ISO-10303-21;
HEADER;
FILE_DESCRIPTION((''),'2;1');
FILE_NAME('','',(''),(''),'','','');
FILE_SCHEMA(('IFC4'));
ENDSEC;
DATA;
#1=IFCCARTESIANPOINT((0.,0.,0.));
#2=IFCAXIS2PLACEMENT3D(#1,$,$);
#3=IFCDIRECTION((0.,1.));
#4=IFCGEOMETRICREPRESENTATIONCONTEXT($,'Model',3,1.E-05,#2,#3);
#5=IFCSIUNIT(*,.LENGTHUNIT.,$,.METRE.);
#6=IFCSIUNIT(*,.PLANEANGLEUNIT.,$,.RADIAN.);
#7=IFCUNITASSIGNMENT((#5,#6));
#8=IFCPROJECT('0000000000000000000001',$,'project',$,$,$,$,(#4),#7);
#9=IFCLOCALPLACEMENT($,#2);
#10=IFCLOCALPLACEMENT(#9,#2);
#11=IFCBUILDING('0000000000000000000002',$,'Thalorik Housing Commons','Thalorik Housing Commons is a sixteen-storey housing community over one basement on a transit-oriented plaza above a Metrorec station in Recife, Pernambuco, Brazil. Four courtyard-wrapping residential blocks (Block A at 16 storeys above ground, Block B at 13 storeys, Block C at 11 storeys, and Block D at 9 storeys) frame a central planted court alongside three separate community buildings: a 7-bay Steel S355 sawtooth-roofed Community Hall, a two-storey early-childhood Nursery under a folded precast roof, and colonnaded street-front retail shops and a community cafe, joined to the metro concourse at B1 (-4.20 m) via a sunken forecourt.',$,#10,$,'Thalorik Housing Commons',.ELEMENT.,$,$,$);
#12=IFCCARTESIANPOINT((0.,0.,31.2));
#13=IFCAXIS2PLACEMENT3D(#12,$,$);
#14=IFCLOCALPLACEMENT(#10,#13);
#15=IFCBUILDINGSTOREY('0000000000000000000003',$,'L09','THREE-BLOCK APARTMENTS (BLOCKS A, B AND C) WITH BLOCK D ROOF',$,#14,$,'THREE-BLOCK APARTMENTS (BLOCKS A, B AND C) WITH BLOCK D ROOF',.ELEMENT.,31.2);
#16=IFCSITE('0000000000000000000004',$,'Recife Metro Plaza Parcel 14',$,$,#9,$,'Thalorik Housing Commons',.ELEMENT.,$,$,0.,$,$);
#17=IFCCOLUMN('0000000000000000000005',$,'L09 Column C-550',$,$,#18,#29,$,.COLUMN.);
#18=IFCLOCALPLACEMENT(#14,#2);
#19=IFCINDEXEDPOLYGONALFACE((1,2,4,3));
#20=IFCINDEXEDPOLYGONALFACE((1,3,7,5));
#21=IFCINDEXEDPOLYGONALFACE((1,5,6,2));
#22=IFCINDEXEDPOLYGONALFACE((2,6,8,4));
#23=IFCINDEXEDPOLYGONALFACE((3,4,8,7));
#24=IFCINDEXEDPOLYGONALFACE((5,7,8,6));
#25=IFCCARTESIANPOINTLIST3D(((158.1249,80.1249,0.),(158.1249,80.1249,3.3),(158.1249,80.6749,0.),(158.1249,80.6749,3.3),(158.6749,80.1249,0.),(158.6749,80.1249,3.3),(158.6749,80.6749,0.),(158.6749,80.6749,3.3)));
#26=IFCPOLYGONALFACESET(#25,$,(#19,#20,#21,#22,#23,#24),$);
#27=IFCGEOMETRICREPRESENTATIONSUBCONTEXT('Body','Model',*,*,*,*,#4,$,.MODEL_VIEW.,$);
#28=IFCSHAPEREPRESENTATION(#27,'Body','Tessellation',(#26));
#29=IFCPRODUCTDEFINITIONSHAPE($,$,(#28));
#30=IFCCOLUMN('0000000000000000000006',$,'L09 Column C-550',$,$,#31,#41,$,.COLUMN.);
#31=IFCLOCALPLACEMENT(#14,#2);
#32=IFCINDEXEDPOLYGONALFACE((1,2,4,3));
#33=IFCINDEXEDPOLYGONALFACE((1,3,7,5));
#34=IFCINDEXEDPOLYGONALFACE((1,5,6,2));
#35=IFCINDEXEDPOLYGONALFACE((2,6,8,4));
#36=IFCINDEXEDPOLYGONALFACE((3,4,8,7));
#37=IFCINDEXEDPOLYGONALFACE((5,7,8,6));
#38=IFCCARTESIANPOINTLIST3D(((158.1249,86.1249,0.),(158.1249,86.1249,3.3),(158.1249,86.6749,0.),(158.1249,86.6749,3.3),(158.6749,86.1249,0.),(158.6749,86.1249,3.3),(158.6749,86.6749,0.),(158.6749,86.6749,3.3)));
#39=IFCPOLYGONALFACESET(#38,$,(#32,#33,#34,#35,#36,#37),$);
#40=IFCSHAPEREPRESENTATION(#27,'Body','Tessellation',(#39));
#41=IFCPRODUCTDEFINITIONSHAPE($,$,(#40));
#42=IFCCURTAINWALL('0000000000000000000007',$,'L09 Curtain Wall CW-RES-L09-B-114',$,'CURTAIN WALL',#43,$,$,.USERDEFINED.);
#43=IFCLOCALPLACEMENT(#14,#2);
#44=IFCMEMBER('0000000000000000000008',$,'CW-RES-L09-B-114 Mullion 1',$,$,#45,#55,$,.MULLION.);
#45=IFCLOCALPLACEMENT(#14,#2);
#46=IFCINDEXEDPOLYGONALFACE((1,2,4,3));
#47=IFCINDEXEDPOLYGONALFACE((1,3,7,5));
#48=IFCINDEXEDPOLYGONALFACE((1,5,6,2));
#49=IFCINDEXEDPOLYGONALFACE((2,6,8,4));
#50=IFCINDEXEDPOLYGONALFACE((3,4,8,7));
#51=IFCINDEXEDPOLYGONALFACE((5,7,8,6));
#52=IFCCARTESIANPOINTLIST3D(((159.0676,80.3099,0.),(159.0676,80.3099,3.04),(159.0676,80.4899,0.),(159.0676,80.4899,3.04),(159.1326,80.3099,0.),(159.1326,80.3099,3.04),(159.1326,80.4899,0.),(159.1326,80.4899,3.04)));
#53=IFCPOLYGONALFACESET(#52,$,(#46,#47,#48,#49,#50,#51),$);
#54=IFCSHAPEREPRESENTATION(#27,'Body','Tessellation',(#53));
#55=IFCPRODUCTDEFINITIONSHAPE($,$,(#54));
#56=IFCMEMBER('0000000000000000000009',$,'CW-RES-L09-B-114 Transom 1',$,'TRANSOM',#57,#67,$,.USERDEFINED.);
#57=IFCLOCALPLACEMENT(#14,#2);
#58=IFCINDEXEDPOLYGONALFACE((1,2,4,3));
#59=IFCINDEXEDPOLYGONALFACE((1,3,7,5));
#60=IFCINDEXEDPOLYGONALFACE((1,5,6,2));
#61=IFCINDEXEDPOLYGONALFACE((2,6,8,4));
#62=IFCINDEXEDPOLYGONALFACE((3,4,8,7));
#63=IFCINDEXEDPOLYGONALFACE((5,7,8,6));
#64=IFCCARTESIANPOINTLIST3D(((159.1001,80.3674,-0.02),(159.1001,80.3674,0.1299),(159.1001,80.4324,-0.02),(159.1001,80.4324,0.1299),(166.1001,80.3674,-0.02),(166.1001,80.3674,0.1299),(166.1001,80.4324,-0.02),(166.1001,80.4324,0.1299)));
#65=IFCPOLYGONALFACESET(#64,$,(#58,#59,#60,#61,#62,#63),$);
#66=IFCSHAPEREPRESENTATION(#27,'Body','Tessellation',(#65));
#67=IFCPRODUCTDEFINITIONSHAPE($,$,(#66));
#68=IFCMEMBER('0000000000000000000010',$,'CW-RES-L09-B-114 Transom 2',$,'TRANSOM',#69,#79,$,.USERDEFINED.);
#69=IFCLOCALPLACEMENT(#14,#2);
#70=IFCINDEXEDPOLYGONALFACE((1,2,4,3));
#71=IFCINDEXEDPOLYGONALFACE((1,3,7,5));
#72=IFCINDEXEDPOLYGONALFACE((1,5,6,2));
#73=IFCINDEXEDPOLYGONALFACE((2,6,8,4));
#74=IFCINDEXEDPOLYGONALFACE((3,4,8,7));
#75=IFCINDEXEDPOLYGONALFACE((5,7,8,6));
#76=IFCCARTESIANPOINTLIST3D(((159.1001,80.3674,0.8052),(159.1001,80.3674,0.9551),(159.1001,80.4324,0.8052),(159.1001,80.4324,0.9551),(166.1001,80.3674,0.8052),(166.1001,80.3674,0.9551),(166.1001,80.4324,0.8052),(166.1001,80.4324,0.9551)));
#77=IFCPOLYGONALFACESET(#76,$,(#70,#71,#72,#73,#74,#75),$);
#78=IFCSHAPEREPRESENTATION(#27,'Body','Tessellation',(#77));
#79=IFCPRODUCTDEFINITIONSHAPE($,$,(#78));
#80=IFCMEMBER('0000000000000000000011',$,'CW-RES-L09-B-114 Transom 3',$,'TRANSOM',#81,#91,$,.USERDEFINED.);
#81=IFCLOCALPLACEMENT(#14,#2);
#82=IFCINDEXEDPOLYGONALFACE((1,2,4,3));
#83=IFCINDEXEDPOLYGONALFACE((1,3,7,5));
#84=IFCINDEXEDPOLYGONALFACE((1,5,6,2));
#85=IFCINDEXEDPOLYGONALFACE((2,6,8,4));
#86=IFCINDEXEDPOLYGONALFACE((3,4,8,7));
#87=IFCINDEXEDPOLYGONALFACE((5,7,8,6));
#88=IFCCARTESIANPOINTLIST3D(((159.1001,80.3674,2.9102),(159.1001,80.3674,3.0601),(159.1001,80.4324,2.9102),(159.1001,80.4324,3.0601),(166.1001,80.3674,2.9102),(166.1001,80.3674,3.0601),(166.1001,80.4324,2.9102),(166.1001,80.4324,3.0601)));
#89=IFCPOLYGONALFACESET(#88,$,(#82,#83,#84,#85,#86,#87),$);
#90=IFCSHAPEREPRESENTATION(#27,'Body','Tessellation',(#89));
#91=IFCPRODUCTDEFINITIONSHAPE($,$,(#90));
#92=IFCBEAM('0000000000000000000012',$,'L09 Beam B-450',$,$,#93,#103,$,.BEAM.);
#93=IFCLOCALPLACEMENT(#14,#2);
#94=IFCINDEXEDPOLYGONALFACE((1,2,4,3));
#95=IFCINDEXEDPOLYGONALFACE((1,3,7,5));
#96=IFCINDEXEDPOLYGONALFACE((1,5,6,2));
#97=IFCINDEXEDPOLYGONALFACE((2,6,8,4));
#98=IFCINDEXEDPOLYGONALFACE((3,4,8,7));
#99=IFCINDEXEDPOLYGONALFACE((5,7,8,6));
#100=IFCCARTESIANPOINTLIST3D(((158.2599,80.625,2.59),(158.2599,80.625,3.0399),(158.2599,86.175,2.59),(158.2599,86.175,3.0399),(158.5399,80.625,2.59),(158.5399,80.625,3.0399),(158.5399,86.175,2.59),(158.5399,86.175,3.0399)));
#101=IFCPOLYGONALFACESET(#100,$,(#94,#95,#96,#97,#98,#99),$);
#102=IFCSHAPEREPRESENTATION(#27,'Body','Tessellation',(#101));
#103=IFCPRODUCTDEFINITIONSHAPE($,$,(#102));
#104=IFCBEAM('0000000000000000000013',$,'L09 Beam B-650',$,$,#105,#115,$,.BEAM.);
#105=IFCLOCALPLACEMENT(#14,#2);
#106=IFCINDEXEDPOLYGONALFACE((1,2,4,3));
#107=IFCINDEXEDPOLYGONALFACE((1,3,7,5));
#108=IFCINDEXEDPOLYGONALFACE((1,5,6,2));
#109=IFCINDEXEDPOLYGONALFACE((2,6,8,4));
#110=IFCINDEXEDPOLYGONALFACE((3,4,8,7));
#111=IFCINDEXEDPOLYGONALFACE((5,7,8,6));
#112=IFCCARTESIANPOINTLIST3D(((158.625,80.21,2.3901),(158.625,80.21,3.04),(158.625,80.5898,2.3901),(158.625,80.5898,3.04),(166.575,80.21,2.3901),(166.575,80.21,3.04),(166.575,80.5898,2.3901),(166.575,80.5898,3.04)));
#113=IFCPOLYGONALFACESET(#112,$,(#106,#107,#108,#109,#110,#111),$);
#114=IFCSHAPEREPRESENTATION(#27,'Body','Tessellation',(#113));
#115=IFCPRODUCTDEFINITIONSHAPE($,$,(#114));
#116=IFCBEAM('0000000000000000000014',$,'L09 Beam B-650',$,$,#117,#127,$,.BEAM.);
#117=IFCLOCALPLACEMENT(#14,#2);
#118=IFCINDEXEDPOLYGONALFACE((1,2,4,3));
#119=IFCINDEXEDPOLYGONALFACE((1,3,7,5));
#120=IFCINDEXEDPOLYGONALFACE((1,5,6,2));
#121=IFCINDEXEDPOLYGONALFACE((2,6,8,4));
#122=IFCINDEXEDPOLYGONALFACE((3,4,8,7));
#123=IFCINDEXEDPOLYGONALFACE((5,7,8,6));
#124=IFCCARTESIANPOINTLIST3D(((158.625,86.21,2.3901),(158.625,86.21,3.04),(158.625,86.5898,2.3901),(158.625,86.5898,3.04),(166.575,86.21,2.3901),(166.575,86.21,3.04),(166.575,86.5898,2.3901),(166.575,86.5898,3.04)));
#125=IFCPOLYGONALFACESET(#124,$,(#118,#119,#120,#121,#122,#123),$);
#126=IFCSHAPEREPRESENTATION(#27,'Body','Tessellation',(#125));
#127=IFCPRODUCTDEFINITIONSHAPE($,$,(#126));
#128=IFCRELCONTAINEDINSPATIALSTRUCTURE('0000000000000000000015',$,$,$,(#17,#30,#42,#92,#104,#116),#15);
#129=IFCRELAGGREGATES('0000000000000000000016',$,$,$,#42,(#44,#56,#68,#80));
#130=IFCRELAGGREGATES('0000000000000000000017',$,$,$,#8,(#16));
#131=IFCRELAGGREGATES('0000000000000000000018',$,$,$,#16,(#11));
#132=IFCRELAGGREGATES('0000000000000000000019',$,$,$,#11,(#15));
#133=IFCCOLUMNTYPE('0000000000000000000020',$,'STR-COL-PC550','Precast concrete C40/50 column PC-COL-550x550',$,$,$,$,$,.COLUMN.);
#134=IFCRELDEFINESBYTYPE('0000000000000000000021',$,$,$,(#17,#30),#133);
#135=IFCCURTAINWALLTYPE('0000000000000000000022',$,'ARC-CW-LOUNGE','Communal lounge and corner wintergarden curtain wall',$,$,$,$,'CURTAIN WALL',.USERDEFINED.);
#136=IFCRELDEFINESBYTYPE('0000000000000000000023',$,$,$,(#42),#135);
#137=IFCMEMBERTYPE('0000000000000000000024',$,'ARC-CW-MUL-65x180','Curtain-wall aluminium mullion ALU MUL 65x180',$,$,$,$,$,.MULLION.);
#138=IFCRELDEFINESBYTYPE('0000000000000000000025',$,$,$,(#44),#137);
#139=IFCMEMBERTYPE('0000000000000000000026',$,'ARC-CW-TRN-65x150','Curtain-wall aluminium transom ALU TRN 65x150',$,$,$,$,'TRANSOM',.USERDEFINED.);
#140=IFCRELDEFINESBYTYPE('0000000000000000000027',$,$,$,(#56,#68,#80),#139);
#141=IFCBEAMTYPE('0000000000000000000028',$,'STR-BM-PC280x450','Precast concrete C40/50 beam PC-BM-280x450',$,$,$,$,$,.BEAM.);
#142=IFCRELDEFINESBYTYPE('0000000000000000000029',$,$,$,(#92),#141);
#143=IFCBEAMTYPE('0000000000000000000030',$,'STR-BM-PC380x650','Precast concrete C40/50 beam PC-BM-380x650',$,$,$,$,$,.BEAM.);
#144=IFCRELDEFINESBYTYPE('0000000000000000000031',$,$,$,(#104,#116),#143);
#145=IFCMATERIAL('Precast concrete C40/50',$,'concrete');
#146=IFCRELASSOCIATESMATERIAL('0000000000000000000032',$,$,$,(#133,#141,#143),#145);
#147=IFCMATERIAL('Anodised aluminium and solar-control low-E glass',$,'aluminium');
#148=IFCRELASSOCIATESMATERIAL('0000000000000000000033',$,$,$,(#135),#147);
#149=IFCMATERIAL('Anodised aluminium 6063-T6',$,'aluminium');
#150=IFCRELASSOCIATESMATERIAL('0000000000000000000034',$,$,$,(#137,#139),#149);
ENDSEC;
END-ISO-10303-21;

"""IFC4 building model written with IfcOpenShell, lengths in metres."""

from ifc_helpers import new_model, si_unit, direction, frame, origin, origin_2d, place, context, subcontext, project, spatial, rectangle, extrude, material, material_profile, profile_set, type_object, element, aggregate, save


model = new_model("IFC4")

# Units and contexts
model_context = context("Model", 3, precision=1e-05, world=origin(), true_north=direction((0.0, 1.0)))
body_context = subcontext(model_context, "Body", "Model", "MODEL_VIEW")
ifc_project = project(units=[si_unit("LENGTHUNIT", "METRE"), si_unit("PLANEANGLEUNIT", "RADIAN")], contexts=[model_context])

# Site, building, storey
site_placement = place(None, origin())
site = spatial("IfcSite", under=ifc_project, at=site_placement, Name="Recife Metro Plaza Parcel 14", LongName="Thalorik Housing Commons", CompositionType="ELEMENT", RefElevation=0.0)
building_placement = place(site_placement, origin())
building = spatial("IfcBuilding", under=site, at=building_placement, Name="Thalorik Housing Commons", Description="Thalorik Housing Commons is a sixteen-storey housing community over one basement on a transit-oriented plaza above a Metrorec station in Recife, Pernambuco, Brazil. Four courtyard-wrapping residential blocks (Block A at 16 storeys above ground, Block B at 13 storeys, Block C at 11 storeys, and Block D at 9 storeys) frame a central planted court alongside three separate community buildings: a 7-bay Steel S355 sawtooth-roofed Community Hall, a two-storey early-childhood Nursery under a folded precast roof, and colonnaded street-front retail shops and a community cafe, joined to the metro concourse at B1 (-4.20 m) via a sunken forecourt.", LongName="Thalorik Housing Commons", CompositionType="ELEMENT")
storey_placement = place(building_placement, frame((0.0, 0.0, 31.2)))
storey = spatial("IfcBuildingStorey", under=building, at=storey_placement, Name="L09", Description="THREE-BLOCK APARTMENTS (BLOCKS A, B AND C) WITH BLOCK D ROOF", LongName="THREE-BLOCK APARTMENTS (BLOCKS A, B AND C) WITH BLOCK D ROOF", CompositionType="ELEMENT", Elevation=31.2)

# Columns
ifc_material_1 = material(Name="Precast concrete C40/50", Category="concrete")
ifc_material_profile_1 = material_profile(ifc_material_1, rectangle(XDim=0.55, YDim=0.55, at=origin_2d()), Name="PC 550x550", Category="concrete")
ifc_profile_set_1 = profile_set([ifc_material_profile_1], Name="Precast concrete C40/50")
column_type = type_object("IfcColumnType", Name="STR-COL-PC550", Description="Precast concrete C40/50 column PC-COL-550x550", PredefinedType="COLUMN", material=ifc_profile_set_1)
for number, where, z_axis, x_axis, name in (
    (1, (158.3999, 80.3999, 0.0), (0.0, 0.0, 1.0), (1.0, 0.0, 0.0), "L09 Column C-550"),
    (2, (158.3999, 86.3999, 0.0), (0.0, 0.0, 1.0), (1.0, 0.0, 0.0), "L09 Column C-550"),
):
    element("IfcColumn", number, at=place(storey_placement, frame(where, z_axis=z_axis, x_axis=x_axis)), inside=storey, type_object=column_type, Name=name, PredefinedType="COLUMN", context=body_context, shape_type="SweptSolid", body=[
        extrude(rectangle(XDim=0.55, YDim=0.55, at=origin_2d()), origin(), (0.0, 0.0, 1.0), 3.3),
    ])

# Curtain wall, members
ifc_material_2 = material(Name="Anodised aluminium and solar-control low-E glass", Category="aluminium")
curtain_wall_type = type_object("IfcCurtainWallType", Name="ARC-CW-LOUNGE", Description="Communal lounge and corner wintergarden curtain wall", ElementType="CURTAIN WALL", PredefinedType="USERDEFINED", material=ifc_material_2)
curtain_wall_placement = place(storey_placement, origin())
curtain_wall = element("IfcCurtainWall", 3, at=curtain_wall_placement, inside=storey, type_object=curtain_wall_type, Name="L09 Curtain Wall CW-RES-L09-B-114", ObjectType="CURTAIN WALL", PredefinedType="USERDEFINED")
ifc_material_3 = material(Name="Anodised aluminium 6063-T6", Category="aluminium")
ifc_material_profile_2 = material_profile(ifc_material_3, rectangle(XDim=0.0649, YDim=0.1799, at=origin_2d()), Name="ALU MUL 65x180", Category="aluminium")
ifc_profile_set_2 = profile_set([ifc_material_profile_2], Name="Anodised aluminium 6063-T6")
member_type_1 = type_object("IfcMemberType", Name="ARC-CW-MUL-65x180", Description="Curtain-wall aluminium mullion ALU MUL 65x180", PredefinedType="MULLION", material=ifc_profile_set_2)
member_1_placement = place(storey_placement, frame((159.1001, 80.3999, 0.0), z_axis=(0.0, 0.0, 1.0), x_axis=(1.0, 0.0, 0.0)))
member_1 = element("IfcMember", 4, at=member_1_placement, type_object=member_type_1, Name="CW-RES-L09-B-114 Mullion 1", PredefinedType="MULLION", context=body_context, shape_type="SweptSolid", body=[
    extrude(rectangle(XDim=0.0649, YDim=0.1799, at=origin_2d()), origin(), (0.0, 0.0, 1.0), 3.04),
])
ifc_material_profile_3 = material_profile(ifc_material_3, rectangle(XDim=0.0649, YDim=0.1499, at=origin_2d()), Name="ALU TRN 65x150", Category="aluminium")
ifc_profile_set_3 = profile_set([ifc_material_profile_3], Name="Anodised aluminium 6063-T6")
member_type_2 = type_object("IfcMemberType", Name="ARC-CW-TRN-65x150", Description="Curtain-wall aluminium transom ALU TRN 65x150", ElementType="TRANSOM", PredefinedType="USERDEFINED", material=ifc_profile_set_3)
member_2_placement = place(storey_placement, frame((159.1001, 80.3999, 0.0549), z_axis=(1.0, 0.0, 0.0), x_axis=(0.0, 1.0, 0.0)))
member_2 = element("IfcMember", 5, at=member_2_placement, type_object=member_type_2, Name="CW-RES-L09-B-114 Transom 1", ObjectType="TRANSOM", PredefinedType="USERDEFINED", context=body_context, shape_type="SweptSolid", body=[
    extrude(rectangle(XDim=0.0649, YDim=0.1499, at=origin_2d()), origin(), (0.0, 0.0, 1.0), 7.0),
])
member_3_placement = place(storey_placement, frame((159.1001, 80.3999, 0.8801), z_axis=(1.0, 0.0, 0.0), x_axis=(0.0, 1.0, 0.0)))
member_3 = element("IfcMember", 6, at=member_3_placement, type_object=member_type_2, Name="CW-RES-L09-B-114 Transom 2", ObjectType="TRANSOM", PredefinedType="USERDEFINED", context=body_context, shape_type="SweptSolid", body=[
    extrude(rectangle(XDim=0.0649, YDim=0.1499, at=origin_2d()), origin(), (0.0, 0.0, 1.0), 7.0),
])
member_4_placement = place(storey_placement, frame((159.1001, 80.3999, 2.9851), z_axis=(1.0, 0.0, 0.0), x_axis=(0.0, 1.0, 0.0)))
member_4 = element("IfcMember", 7, at=member_4_placement, type_object=member_type_2, Name="CW-RES-L09-B-114 Transom 3", ObjectType="TRANSOM", PredefinedType="USERDEFINED", context=body_context, shape_type="SweptSolid", body=[
    extrude(rectangle(XDim=0.0649, YDim=0.1499, at=origin_2d()), origin(), (0.0, 0.0, 1.0), 7.0),
])
aggregate(curtain_wall, [member_1, member_2, member_3, member_4])

# Beams
ifc_material_profile_4 = material_profile(ifc_material_1, rectangle(XDim=0.28, YDim=0.45, at=origin_2d()), Name="PC 280x450", Category="concrete")
ifc_profile_set_4 = profile_set([ifc_material_profile_4], Name="Precast concrete C40/50")
beam_type_1 = type_object("IfcBeamType", Name="STR-BM-PC280x450", Description="Precast concrete C40/50 beam PC-BM-280x450", PredefinedType="BEAM", material=ifc_profile_set_4)
beam_placement = place(storey_placement, frame((158.3999, 80.625, 2.8149), z_axis=(0.0, 1.0, 0.0), x_axis=(-1.0, 0.0, 0.0)))
element("IfcBeam", 8, at=beam_placement, inside=storey, type_object=beam_type_1, Name="L09 Beam B-450", PredefinedType="BEAM", context=body_context, shape_type="SweptSolid", body=[
    extrude(rectangle(XDim=0.28, YDim=0.45, at=origin_2d()), origin(), (0.0, 0.0, 1.0), 5.55),
])
ifc_material_profile_5 = material_profile(ifc_material_1, rectangle(XDim=0.3799, YDim=0.6499, at=origin_2d()), Name="PC 380x650", Category="concrete")
ifc_profile_set_5 = profile_set([ifc_material_profile_5], Name="Precast concrete C40/50")
beam_type_2 = type_object("IfcBeamType", Name="STR-BM-PC380x650", Description="Precast concrete C40/50 beam PC-BM-380x650", PredefinedType="BEAM", material=ifc_profile_set_5)
for number, where, z_axis, x_axis, name in (
    (9, (158.625, 80.3999, 2.7151), (1.0, 0.0, 0.0), (0.0, 1.0, 0.0), "L09 Beam B-650"),
    (10, (158.625, 86.3999, 2.7151), (1.0, 0.0, 0.0), (0.0, 1.0, 0.0), "L09 Beam B-650"),
):
    element("IfcBeam", number, at=place(storey_placement, frame(where, z_axis=z_axis, x_axis=x_axis)), inside=storey, type_object=beam_type_2, Name=name, PredefinedType="BEAM", context=body_context, shape_type="SweptSolid", body=[
        extrude(rectangle(XDim=0.3799, YDim=0.6499, at=origin_2d()), origin(), (0.0, 0.0, 1.0), 7.95),
    ])

save(model, "model.ifc")
